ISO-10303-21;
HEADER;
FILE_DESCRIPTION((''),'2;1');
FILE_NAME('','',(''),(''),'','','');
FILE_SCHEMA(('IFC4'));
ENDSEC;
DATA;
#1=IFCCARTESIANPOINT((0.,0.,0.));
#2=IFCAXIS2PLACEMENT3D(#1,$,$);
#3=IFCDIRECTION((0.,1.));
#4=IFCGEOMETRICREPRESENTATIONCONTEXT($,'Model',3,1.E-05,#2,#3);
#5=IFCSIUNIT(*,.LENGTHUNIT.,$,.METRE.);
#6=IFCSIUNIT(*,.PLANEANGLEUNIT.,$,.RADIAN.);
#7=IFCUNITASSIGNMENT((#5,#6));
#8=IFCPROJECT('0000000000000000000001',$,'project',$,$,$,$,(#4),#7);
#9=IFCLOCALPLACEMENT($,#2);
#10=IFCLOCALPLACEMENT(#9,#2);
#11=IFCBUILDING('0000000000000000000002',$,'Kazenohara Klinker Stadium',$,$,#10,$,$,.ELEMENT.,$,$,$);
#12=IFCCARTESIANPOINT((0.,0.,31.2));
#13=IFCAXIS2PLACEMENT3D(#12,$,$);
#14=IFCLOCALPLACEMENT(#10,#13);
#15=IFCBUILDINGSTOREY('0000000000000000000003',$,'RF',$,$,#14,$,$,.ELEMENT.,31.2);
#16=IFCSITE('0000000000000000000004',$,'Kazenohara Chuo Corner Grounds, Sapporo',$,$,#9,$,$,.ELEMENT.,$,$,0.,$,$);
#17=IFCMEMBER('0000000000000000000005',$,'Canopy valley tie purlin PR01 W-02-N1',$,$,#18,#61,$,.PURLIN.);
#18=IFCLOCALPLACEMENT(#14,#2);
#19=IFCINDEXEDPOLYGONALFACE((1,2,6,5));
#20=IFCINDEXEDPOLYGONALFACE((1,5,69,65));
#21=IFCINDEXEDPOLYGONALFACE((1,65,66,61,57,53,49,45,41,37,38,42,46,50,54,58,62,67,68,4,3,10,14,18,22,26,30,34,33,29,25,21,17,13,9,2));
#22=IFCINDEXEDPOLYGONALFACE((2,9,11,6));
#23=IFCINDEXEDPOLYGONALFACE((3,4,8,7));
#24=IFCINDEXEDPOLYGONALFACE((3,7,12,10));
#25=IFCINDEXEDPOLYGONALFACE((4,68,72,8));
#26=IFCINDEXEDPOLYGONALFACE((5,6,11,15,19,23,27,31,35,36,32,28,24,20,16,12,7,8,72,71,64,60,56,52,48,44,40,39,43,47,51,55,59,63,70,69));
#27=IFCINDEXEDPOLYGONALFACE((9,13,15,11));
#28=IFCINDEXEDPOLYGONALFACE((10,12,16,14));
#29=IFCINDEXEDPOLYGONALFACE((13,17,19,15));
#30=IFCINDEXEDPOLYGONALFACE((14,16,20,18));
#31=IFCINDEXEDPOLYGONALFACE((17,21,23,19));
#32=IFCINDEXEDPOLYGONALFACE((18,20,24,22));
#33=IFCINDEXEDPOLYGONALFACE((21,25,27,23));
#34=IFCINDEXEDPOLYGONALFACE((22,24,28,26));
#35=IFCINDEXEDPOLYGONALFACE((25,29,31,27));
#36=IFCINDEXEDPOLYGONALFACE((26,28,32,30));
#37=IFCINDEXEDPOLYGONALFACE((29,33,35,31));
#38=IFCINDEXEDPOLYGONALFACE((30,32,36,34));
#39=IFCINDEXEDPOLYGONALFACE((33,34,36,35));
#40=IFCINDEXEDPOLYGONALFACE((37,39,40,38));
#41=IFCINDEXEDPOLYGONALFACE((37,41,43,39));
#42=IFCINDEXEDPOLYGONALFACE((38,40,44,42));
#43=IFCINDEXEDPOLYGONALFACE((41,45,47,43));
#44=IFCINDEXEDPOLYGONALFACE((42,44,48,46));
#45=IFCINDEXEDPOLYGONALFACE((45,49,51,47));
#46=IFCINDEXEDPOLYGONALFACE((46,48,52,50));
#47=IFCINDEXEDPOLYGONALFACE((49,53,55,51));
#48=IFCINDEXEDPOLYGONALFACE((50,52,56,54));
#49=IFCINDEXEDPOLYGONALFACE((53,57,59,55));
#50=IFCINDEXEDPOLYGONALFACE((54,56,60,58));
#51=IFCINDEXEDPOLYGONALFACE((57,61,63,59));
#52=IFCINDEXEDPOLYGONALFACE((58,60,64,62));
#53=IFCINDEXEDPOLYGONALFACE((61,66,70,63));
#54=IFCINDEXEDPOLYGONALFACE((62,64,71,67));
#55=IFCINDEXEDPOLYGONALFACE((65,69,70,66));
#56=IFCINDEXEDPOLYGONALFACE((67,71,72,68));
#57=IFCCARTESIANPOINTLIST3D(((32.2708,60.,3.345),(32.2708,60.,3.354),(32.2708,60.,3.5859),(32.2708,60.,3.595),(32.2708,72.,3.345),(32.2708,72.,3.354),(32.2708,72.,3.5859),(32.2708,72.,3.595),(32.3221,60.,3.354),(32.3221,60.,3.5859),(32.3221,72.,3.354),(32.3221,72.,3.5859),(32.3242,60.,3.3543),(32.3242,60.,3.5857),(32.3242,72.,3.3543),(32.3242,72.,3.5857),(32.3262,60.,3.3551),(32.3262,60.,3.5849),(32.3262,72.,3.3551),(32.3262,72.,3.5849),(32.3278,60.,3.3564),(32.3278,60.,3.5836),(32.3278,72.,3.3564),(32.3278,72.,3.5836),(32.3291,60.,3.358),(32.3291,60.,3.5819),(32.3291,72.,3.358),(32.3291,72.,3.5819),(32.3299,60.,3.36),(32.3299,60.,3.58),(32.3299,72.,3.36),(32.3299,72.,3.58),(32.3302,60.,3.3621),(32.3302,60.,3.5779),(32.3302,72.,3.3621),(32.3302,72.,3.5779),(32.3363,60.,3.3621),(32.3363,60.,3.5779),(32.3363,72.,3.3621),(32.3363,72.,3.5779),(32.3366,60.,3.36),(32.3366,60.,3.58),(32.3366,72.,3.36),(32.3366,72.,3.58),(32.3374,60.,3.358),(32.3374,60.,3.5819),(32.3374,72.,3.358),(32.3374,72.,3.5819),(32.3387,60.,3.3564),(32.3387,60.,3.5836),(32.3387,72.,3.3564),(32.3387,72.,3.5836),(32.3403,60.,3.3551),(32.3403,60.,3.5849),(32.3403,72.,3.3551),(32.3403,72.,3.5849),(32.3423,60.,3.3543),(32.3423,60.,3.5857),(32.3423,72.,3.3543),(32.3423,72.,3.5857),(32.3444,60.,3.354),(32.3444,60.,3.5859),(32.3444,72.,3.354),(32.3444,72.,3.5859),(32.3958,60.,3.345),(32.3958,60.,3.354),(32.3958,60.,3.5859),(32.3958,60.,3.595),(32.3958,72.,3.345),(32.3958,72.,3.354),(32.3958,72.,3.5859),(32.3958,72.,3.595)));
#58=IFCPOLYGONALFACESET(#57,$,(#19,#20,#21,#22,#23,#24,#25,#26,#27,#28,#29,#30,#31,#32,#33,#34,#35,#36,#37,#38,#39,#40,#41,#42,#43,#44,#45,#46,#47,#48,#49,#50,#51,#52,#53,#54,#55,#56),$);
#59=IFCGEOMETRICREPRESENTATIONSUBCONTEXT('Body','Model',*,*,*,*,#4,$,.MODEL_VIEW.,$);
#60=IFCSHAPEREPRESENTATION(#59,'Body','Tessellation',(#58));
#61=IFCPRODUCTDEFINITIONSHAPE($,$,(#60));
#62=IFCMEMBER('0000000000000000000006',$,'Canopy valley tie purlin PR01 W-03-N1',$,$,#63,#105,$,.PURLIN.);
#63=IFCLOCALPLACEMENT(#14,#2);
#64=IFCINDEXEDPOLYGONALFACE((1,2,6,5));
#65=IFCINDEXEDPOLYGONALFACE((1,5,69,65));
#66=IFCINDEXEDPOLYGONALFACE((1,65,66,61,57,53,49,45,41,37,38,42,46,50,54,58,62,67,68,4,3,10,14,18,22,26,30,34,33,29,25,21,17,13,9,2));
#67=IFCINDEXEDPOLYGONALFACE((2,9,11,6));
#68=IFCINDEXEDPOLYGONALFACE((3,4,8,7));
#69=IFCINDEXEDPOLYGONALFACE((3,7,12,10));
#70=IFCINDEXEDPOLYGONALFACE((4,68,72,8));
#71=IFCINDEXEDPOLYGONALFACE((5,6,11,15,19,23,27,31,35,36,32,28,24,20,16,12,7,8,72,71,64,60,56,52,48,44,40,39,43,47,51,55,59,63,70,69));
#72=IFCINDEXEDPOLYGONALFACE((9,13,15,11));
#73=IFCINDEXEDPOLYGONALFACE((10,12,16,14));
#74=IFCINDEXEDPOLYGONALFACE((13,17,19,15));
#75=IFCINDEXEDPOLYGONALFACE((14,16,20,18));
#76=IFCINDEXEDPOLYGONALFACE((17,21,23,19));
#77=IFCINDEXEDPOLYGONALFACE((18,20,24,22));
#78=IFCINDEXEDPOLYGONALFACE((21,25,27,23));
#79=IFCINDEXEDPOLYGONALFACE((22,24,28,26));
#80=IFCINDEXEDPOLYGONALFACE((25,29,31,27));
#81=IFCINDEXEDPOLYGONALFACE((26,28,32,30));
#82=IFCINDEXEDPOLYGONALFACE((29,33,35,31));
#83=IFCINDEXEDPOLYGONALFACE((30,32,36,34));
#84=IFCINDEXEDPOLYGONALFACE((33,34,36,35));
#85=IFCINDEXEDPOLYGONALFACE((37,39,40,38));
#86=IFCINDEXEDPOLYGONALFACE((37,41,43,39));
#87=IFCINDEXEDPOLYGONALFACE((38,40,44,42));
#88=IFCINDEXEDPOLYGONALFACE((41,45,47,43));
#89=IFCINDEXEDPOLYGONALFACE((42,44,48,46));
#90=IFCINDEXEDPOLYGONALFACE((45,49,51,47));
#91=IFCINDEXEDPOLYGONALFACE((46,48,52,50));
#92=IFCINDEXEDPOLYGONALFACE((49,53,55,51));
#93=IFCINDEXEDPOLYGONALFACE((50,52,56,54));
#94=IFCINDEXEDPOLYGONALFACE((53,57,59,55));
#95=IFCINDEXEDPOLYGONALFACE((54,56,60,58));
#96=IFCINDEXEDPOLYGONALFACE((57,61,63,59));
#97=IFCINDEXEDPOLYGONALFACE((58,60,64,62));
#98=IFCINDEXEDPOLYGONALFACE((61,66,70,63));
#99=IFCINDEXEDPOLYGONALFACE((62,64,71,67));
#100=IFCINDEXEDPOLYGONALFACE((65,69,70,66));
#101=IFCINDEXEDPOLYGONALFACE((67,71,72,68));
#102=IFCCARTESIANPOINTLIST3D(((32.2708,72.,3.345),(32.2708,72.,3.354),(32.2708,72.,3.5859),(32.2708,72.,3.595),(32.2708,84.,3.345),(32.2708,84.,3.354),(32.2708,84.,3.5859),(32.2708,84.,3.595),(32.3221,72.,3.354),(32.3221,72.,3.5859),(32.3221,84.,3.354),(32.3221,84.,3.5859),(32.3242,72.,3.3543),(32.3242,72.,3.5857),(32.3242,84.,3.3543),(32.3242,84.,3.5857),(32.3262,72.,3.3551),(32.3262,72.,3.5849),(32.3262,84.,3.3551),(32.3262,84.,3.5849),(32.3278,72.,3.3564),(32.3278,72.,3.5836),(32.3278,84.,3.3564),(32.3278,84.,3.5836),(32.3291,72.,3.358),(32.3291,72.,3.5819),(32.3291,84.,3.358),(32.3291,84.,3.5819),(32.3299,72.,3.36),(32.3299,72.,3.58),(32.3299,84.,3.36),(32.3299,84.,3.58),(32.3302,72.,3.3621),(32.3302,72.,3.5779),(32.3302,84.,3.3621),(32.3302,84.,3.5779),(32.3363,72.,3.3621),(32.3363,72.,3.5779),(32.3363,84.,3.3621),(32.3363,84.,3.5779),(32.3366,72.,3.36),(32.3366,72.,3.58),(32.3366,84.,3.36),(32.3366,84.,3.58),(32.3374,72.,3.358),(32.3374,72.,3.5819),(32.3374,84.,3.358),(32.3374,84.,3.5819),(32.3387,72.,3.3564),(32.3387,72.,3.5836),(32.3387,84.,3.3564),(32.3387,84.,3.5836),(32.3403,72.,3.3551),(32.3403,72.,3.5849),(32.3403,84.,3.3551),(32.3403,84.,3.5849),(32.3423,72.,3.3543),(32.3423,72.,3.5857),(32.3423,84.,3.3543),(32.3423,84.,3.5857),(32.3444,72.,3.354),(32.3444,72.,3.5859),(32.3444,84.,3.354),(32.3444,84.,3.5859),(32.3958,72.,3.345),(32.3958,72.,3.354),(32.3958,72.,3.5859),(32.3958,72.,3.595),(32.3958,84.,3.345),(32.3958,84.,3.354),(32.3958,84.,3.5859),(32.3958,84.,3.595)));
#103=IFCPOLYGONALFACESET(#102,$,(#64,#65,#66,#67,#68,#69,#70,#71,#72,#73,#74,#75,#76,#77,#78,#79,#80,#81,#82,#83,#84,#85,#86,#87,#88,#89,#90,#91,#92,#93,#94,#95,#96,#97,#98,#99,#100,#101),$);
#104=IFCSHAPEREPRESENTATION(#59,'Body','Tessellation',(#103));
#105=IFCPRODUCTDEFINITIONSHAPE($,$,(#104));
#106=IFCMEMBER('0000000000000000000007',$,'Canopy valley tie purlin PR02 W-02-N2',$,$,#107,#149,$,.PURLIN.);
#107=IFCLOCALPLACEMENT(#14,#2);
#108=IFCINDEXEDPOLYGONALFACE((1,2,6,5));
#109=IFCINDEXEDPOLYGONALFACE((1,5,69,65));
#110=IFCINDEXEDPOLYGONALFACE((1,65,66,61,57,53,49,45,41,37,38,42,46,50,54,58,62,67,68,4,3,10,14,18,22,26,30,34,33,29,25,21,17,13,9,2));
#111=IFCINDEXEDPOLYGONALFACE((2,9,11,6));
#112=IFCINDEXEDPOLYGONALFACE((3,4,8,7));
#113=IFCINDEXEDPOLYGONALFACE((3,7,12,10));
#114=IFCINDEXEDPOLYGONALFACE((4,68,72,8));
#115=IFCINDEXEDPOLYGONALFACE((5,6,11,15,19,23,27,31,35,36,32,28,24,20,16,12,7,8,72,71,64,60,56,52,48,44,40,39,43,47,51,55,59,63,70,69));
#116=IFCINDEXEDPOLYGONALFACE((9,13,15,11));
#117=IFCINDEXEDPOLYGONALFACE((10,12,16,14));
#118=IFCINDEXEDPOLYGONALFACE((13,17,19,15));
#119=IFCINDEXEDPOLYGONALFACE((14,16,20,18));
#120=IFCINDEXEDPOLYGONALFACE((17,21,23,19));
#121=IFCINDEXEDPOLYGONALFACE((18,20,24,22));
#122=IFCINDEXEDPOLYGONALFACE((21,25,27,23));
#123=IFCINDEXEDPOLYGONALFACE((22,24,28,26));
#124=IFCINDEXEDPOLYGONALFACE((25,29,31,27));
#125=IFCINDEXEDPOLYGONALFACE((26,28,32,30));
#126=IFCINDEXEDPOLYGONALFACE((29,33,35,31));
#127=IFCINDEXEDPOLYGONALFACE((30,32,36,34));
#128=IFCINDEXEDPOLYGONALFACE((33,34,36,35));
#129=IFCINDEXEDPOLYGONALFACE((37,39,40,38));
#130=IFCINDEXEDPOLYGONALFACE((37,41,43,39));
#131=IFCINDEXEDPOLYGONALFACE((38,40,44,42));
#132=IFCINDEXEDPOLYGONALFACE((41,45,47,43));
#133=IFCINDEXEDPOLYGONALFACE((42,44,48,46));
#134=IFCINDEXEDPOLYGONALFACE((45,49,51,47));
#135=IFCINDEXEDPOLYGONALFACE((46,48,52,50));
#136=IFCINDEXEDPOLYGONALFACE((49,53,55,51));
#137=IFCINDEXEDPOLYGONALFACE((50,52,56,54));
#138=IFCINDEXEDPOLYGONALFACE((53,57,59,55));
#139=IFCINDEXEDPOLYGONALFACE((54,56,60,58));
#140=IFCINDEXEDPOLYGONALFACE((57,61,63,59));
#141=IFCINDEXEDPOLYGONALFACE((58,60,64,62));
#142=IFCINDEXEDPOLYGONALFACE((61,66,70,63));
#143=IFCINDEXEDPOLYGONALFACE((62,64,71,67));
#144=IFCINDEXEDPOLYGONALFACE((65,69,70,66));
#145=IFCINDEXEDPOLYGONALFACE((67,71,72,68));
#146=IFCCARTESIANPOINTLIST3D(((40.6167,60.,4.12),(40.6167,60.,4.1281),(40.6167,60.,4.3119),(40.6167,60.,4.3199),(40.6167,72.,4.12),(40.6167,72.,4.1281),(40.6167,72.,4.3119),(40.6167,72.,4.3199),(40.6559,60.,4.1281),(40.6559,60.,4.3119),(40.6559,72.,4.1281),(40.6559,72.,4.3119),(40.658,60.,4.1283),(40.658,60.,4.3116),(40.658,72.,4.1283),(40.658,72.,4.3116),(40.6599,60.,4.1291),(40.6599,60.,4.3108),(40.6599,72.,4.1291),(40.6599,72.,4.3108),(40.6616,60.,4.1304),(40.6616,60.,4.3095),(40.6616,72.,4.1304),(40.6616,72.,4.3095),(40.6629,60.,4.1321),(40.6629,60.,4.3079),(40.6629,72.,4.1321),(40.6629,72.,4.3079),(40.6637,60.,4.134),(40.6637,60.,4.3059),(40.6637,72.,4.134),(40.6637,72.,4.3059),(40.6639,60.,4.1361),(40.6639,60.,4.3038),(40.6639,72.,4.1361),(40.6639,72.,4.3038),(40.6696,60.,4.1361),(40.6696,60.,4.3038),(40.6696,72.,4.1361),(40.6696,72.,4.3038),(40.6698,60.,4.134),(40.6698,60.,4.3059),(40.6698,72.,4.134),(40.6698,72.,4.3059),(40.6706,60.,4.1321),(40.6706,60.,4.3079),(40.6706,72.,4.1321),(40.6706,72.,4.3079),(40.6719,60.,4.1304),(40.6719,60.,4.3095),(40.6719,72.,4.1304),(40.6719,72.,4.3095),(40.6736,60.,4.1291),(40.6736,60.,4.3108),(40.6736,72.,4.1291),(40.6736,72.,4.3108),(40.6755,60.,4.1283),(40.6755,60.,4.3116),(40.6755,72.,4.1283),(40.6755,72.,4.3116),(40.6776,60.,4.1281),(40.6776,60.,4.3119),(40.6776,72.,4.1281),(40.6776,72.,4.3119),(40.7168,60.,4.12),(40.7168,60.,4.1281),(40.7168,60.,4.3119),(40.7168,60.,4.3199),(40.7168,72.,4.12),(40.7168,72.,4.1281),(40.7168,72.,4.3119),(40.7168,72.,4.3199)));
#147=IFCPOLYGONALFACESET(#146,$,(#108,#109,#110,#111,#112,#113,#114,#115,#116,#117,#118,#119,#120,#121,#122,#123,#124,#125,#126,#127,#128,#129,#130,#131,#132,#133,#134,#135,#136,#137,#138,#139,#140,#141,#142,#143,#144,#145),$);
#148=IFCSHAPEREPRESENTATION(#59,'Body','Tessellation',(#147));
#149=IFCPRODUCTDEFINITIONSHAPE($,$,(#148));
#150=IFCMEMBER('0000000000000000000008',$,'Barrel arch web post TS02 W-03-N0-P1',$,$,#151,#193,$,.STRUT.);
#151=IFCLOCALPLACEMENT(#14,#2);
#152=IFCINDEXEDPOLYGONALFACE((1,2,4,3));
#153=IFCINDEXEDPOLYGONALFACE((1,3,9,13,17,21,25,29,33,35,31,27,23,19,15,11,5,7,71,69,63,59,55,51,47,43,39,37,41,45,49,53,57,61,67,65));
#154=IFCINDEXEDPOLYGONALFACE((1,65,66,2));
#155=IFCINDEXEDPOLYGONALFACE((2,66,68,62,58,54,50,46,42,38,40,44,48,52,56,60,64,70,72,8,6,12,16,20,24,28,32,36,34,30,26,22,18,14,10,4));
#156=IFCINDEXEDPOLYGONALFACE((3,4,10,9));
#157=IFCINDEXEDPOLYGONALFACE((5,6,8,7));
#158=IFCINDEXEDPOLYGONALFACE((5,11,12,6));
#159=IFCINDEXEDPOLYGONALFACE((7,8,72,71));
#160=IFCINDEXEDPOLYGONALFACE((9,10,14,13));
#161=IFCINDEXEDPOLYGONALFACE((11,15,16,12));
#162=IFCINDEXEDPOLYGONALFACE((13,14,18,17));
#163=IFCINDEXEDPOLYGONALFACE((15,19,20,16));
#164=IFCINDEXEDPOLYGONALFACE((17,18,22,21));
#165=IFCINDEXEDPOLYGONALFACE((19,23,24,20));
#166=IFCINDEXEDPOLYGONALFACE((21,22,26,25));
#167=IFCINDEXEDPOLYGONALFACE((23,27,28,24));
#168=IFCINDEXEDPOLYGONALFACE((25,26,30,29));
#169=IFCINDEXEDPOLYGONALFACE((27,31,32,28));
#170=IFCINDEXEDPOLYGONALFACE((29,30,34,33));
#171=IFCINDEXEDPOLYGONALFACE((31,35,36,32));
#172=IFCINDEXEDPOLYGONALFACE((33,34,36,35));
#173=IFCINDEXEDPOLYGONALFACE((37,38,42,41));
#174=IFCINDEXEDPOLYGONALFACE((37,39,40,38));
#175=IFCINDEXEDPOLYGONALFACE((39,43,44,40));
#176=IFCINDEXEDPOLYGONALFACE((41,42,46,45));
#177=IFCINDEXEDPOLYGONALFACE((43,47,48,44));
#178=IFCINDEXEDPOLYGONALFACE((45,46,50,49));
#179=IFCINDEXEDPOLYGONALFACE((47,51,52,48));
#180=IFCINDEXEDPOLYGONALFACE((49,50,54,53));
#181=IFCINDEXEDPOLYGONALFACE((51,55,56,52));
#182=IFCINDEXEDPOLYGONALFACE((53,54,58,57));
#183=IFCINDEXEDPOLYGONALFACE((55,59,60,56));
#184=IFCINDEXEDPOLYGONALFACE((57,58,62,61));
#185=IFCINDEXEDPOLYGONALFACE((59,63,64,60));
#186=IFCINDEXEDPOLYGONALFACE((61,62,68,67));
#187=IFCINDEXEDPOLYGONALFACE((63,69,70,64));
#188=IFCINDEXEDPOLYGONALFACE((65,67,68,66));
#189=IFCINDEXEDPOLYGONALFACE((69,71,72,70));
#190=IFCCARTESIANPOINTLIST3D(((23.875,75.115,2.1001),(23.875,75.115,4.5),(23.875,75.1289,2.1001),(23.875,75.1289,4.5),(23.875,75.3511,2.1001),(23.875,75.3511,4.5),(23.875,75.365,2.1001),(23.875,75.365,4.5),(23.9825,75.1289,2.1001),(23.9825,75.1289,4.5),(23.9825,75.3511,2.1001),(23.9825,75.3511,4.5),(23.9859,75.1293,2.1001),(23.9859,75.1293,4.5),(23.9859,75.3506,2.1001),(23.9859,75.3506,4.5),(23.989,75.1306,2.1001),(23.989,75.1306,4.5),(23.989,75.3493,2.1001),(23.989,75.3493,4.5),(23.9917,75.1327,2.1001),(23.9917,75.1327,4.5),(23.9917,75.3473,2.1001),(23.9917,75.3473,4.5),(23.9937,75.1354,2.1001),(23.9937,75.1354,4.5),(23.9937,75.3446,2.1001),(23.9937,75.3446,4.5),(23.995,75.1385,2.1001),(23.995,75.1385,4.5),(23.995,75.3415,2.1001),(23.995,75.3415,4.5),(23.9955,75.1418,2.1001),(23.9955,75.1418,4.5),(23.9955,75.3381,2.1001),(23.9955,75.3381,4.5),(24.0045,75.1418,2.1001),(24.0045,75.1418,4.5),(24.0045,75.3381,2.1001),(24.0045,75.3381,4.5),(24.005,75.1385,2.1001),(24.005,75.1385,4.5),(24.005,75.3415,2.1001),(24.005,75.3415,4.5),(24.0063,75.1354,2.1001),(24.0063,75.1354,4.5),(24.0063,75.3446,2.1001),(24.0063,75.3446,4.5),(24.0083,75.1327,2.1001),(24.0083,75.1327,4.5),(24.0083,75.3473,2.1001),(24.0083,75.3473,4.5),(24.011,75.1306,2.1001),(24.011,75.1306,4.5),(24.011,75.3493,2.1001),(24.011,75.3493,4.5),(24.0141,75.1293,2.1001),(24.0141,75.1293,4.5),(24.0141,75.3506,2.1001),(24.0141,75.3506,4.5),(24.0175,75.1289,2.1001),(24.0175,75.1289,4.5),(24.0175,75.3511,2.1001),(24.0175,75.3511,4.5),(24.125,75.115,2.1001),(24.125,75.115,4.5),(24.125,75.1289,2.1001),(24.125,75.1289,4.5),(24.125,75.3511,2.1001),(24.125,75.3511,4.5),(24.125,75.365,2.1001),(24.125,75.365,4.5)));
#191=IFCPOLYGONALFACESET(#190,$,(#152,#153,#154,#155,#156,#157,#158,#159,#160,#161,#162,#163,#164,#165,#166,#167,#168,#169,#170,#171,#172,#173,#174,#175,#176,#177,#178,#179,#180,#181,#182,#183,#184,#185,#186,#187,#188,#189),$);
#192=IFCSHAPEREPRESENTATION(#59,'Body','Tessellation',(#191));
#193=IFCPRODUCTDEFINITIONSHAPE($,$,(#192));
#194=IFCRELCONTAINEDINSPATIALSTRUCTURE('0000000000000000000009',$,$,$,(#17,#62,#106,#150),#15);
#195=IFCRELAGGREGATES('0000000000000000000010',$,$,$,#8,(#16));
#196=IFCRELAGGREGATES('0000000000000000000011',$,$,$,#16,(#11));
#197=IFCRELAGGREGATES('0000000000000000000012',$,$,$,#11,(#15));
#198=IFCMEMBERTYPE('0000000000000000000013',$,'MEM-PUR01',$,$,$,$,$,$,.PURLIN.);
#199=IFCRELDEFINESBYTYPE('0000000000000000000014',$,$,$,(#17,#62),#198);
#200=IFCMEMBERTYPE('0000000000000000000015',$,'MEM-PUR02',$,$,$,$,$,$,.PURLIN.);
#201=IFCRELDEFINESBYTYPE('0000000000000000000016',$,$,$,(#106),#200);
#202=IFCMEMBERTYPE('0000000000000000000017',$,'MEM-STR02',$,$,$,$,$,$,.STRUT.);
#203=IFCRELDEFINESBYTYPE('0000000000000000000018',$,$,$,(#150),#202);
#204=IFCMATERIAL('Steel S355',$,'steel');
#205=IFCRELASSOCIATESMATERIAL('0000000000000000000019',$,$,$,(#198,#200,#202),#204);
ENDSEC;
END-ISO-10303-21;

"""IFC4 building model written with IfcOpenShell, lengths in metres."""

from ifc_helpers import new_model, si_unit, direction, frame, origin, origin_2d, place, context, subcontext, project, spatial, i_section, extrude, material, material_profile, profile_set, type_object, element, save


model = new_model("IFC4")

# Units and contexts
model_context = context("Model", 3, precision=1e-05, world=origin(), true_north=direction((0.0, 1.0)))
body_context = subcontext(model_context, "Body", "Model", "MODEL_VIEW")
ifc_project = project(units=[si_unit("LENGTHUNIT", "METRE"), si_unit("PLANEANGLEUNIT", "RADIAN")], contexts=[model_context])

# Site, building, storey
site_placement = place(None, origin())
site = spatial("IfcSite", under=ifc_project, at=site_placement, Name="Kazenohara Chuo Corner Grounds, Sapporo", CompositionType="ELEMENT", RefElevation=0.0)
building_placement = place(site_placement, origin())
building = spatial("IfcBuilding", under=site, at=building_placement, Name="Kazenohara Klinker Stadium", CompositionType="ELEMENT")
storey_placement = place(building_placement, frame((0.0, 0.0, 31.2)))
storey = spatial("IfcBuildingStorey", under=building, at=storey_placement, Name="RF", CompositionType="ELEMENT", Elevation=31.2)

# Members
ifc_material_1 = material(Name="Steel S355", Category="steel")
ifc_material_profile_1 = material_profile(ifc_material_1, i_section(OverallWidth=0.125, OverallDepth=0.25, WebThickness=0.0061, FlangeThickness=0.009, FilletRadius=0.0081, at=origin_2d()), Name="H-250x125x6x9")
ifc_profile_set_1 = profile_set([ifc_material_profile_1], Name="Steel S355")
member_type_1 = type_object("IfcMemberType", Name="MEM-PUR01", PredefinedType="PURLIN", material=ifc_profile_set_1)
for number, where, z_axis, x_axis, name in (
    (1, (32.3333, 60.0, 3.47), (0.0, 1.0, 0.0), (-1.0, 0.0, 0.0), "Canopy valley tie purlin PR01 W-02-N1"),
    (2, (32.3333, 72.0, 3.47), (0.0, 1.0, 0.0), (-1.0, 0.0, 0.0), "Canopy valley tie purlin PR01 W-03-N1"),
):
    element("IfcMember", number, at=place(storey_placement, frame(where, z_axis=z_axis, x_axis=x_axis)), inside=storey, type_object=member_type_1, Name=name, PredefinedType="PURLIN", context=body_context, shape_type="SweptSolid", body=[
        extrude(i_section(OverallWidth=0.125, OverallDepth=0.25, WebThickness=0.0061, FlangeThickness=0.009, FilletRadius=0.0081, at=origin_2d()), origin(), (0.0, 0.0, 1.0), 12.0),
    ])
ifc_material_profile_2 = material_profile(ifc_material_1, i_section(OverallWidth=0.1001, OverallDepth=0.2, WebThickness=0.0056, FlangeThickness=0.0081, FilletRadius=0.0081, at=origin_2d()), Name="H-200x100x5.5x8")
ifc_profile_set_2 = profile_set([ifc_material_profile_2], Name="Steel S355")
member_type_2 = type_object("IfcMemberType", Name="MEM-PUR02", PredefinedType="PURLIN", material=ifc_profile_set_2)
member_1_placement = place(storey_placement, frame((40.6667, 60.0, 4.22), z_axis=(0.0, 1.0, 0.0), x_axis=(-1.0, 0.0, 0.0)))
element("IfcMember", 3, at=member_1_placement, inside=storey, type_object=member_type_2, Name="Canopy valley tie purlin PR02 W-02-N2", PredefinedType="PURLIN", context=body_context, shape_type="SweptSolid", body=[
    extrude(i_section(OverallWidth=0.1001, OverallDepth=0.2, WebThickness=0.0056, FlangeThickness=0.0081, FilletRadius=0.0081, at=origin_2d()), origin(), (0.0, 0.0, 1.0), 12.0),
])
ifc_material_profile_3 = material_profile(ifc_material_1, i_section(OverallWidth=0.25, OverallDepth=0.25, WebThickness=0.009, FlangeThickness=0.0139, FilletRadius=0.0129, at=origin_2d()), Name="H-250x250x9x14")
ifc_profile_set_3 = profile_set([ifc_material_profile_3], Name="Steel S355")
member_type_3 = type_object("IfcMemberType", Name="MEM-STR02", PredefinedType="STRUT", material=ifc_profile_set_3)
member_2_placement = place(storey_placement, frame((24.0, 75.24, 2.1001), z_axis=(0.0, 0.0, 1.0), x_axis=(1.0, 0.0, 0.0)))
element("IfcMember", 4, at=member_2_placement, inside=storey, type_object=member_type_3, Name="Barrel arch web post TS02 W-03-N0-P1", PredefinedType="STRUT", context=body_context, shape_type="SweptSolid", body=[
    extrude(i_section(OverallWidth=0.25, OverallDepth=0.25, WebThickness=0.009, FlangeThickness=0.0139, FilletRadius=0.0129, at=origin_2d()), origin(), (0.0, 0.0, 1.0), 2.3999),
])

save(model, "model.ifc")
